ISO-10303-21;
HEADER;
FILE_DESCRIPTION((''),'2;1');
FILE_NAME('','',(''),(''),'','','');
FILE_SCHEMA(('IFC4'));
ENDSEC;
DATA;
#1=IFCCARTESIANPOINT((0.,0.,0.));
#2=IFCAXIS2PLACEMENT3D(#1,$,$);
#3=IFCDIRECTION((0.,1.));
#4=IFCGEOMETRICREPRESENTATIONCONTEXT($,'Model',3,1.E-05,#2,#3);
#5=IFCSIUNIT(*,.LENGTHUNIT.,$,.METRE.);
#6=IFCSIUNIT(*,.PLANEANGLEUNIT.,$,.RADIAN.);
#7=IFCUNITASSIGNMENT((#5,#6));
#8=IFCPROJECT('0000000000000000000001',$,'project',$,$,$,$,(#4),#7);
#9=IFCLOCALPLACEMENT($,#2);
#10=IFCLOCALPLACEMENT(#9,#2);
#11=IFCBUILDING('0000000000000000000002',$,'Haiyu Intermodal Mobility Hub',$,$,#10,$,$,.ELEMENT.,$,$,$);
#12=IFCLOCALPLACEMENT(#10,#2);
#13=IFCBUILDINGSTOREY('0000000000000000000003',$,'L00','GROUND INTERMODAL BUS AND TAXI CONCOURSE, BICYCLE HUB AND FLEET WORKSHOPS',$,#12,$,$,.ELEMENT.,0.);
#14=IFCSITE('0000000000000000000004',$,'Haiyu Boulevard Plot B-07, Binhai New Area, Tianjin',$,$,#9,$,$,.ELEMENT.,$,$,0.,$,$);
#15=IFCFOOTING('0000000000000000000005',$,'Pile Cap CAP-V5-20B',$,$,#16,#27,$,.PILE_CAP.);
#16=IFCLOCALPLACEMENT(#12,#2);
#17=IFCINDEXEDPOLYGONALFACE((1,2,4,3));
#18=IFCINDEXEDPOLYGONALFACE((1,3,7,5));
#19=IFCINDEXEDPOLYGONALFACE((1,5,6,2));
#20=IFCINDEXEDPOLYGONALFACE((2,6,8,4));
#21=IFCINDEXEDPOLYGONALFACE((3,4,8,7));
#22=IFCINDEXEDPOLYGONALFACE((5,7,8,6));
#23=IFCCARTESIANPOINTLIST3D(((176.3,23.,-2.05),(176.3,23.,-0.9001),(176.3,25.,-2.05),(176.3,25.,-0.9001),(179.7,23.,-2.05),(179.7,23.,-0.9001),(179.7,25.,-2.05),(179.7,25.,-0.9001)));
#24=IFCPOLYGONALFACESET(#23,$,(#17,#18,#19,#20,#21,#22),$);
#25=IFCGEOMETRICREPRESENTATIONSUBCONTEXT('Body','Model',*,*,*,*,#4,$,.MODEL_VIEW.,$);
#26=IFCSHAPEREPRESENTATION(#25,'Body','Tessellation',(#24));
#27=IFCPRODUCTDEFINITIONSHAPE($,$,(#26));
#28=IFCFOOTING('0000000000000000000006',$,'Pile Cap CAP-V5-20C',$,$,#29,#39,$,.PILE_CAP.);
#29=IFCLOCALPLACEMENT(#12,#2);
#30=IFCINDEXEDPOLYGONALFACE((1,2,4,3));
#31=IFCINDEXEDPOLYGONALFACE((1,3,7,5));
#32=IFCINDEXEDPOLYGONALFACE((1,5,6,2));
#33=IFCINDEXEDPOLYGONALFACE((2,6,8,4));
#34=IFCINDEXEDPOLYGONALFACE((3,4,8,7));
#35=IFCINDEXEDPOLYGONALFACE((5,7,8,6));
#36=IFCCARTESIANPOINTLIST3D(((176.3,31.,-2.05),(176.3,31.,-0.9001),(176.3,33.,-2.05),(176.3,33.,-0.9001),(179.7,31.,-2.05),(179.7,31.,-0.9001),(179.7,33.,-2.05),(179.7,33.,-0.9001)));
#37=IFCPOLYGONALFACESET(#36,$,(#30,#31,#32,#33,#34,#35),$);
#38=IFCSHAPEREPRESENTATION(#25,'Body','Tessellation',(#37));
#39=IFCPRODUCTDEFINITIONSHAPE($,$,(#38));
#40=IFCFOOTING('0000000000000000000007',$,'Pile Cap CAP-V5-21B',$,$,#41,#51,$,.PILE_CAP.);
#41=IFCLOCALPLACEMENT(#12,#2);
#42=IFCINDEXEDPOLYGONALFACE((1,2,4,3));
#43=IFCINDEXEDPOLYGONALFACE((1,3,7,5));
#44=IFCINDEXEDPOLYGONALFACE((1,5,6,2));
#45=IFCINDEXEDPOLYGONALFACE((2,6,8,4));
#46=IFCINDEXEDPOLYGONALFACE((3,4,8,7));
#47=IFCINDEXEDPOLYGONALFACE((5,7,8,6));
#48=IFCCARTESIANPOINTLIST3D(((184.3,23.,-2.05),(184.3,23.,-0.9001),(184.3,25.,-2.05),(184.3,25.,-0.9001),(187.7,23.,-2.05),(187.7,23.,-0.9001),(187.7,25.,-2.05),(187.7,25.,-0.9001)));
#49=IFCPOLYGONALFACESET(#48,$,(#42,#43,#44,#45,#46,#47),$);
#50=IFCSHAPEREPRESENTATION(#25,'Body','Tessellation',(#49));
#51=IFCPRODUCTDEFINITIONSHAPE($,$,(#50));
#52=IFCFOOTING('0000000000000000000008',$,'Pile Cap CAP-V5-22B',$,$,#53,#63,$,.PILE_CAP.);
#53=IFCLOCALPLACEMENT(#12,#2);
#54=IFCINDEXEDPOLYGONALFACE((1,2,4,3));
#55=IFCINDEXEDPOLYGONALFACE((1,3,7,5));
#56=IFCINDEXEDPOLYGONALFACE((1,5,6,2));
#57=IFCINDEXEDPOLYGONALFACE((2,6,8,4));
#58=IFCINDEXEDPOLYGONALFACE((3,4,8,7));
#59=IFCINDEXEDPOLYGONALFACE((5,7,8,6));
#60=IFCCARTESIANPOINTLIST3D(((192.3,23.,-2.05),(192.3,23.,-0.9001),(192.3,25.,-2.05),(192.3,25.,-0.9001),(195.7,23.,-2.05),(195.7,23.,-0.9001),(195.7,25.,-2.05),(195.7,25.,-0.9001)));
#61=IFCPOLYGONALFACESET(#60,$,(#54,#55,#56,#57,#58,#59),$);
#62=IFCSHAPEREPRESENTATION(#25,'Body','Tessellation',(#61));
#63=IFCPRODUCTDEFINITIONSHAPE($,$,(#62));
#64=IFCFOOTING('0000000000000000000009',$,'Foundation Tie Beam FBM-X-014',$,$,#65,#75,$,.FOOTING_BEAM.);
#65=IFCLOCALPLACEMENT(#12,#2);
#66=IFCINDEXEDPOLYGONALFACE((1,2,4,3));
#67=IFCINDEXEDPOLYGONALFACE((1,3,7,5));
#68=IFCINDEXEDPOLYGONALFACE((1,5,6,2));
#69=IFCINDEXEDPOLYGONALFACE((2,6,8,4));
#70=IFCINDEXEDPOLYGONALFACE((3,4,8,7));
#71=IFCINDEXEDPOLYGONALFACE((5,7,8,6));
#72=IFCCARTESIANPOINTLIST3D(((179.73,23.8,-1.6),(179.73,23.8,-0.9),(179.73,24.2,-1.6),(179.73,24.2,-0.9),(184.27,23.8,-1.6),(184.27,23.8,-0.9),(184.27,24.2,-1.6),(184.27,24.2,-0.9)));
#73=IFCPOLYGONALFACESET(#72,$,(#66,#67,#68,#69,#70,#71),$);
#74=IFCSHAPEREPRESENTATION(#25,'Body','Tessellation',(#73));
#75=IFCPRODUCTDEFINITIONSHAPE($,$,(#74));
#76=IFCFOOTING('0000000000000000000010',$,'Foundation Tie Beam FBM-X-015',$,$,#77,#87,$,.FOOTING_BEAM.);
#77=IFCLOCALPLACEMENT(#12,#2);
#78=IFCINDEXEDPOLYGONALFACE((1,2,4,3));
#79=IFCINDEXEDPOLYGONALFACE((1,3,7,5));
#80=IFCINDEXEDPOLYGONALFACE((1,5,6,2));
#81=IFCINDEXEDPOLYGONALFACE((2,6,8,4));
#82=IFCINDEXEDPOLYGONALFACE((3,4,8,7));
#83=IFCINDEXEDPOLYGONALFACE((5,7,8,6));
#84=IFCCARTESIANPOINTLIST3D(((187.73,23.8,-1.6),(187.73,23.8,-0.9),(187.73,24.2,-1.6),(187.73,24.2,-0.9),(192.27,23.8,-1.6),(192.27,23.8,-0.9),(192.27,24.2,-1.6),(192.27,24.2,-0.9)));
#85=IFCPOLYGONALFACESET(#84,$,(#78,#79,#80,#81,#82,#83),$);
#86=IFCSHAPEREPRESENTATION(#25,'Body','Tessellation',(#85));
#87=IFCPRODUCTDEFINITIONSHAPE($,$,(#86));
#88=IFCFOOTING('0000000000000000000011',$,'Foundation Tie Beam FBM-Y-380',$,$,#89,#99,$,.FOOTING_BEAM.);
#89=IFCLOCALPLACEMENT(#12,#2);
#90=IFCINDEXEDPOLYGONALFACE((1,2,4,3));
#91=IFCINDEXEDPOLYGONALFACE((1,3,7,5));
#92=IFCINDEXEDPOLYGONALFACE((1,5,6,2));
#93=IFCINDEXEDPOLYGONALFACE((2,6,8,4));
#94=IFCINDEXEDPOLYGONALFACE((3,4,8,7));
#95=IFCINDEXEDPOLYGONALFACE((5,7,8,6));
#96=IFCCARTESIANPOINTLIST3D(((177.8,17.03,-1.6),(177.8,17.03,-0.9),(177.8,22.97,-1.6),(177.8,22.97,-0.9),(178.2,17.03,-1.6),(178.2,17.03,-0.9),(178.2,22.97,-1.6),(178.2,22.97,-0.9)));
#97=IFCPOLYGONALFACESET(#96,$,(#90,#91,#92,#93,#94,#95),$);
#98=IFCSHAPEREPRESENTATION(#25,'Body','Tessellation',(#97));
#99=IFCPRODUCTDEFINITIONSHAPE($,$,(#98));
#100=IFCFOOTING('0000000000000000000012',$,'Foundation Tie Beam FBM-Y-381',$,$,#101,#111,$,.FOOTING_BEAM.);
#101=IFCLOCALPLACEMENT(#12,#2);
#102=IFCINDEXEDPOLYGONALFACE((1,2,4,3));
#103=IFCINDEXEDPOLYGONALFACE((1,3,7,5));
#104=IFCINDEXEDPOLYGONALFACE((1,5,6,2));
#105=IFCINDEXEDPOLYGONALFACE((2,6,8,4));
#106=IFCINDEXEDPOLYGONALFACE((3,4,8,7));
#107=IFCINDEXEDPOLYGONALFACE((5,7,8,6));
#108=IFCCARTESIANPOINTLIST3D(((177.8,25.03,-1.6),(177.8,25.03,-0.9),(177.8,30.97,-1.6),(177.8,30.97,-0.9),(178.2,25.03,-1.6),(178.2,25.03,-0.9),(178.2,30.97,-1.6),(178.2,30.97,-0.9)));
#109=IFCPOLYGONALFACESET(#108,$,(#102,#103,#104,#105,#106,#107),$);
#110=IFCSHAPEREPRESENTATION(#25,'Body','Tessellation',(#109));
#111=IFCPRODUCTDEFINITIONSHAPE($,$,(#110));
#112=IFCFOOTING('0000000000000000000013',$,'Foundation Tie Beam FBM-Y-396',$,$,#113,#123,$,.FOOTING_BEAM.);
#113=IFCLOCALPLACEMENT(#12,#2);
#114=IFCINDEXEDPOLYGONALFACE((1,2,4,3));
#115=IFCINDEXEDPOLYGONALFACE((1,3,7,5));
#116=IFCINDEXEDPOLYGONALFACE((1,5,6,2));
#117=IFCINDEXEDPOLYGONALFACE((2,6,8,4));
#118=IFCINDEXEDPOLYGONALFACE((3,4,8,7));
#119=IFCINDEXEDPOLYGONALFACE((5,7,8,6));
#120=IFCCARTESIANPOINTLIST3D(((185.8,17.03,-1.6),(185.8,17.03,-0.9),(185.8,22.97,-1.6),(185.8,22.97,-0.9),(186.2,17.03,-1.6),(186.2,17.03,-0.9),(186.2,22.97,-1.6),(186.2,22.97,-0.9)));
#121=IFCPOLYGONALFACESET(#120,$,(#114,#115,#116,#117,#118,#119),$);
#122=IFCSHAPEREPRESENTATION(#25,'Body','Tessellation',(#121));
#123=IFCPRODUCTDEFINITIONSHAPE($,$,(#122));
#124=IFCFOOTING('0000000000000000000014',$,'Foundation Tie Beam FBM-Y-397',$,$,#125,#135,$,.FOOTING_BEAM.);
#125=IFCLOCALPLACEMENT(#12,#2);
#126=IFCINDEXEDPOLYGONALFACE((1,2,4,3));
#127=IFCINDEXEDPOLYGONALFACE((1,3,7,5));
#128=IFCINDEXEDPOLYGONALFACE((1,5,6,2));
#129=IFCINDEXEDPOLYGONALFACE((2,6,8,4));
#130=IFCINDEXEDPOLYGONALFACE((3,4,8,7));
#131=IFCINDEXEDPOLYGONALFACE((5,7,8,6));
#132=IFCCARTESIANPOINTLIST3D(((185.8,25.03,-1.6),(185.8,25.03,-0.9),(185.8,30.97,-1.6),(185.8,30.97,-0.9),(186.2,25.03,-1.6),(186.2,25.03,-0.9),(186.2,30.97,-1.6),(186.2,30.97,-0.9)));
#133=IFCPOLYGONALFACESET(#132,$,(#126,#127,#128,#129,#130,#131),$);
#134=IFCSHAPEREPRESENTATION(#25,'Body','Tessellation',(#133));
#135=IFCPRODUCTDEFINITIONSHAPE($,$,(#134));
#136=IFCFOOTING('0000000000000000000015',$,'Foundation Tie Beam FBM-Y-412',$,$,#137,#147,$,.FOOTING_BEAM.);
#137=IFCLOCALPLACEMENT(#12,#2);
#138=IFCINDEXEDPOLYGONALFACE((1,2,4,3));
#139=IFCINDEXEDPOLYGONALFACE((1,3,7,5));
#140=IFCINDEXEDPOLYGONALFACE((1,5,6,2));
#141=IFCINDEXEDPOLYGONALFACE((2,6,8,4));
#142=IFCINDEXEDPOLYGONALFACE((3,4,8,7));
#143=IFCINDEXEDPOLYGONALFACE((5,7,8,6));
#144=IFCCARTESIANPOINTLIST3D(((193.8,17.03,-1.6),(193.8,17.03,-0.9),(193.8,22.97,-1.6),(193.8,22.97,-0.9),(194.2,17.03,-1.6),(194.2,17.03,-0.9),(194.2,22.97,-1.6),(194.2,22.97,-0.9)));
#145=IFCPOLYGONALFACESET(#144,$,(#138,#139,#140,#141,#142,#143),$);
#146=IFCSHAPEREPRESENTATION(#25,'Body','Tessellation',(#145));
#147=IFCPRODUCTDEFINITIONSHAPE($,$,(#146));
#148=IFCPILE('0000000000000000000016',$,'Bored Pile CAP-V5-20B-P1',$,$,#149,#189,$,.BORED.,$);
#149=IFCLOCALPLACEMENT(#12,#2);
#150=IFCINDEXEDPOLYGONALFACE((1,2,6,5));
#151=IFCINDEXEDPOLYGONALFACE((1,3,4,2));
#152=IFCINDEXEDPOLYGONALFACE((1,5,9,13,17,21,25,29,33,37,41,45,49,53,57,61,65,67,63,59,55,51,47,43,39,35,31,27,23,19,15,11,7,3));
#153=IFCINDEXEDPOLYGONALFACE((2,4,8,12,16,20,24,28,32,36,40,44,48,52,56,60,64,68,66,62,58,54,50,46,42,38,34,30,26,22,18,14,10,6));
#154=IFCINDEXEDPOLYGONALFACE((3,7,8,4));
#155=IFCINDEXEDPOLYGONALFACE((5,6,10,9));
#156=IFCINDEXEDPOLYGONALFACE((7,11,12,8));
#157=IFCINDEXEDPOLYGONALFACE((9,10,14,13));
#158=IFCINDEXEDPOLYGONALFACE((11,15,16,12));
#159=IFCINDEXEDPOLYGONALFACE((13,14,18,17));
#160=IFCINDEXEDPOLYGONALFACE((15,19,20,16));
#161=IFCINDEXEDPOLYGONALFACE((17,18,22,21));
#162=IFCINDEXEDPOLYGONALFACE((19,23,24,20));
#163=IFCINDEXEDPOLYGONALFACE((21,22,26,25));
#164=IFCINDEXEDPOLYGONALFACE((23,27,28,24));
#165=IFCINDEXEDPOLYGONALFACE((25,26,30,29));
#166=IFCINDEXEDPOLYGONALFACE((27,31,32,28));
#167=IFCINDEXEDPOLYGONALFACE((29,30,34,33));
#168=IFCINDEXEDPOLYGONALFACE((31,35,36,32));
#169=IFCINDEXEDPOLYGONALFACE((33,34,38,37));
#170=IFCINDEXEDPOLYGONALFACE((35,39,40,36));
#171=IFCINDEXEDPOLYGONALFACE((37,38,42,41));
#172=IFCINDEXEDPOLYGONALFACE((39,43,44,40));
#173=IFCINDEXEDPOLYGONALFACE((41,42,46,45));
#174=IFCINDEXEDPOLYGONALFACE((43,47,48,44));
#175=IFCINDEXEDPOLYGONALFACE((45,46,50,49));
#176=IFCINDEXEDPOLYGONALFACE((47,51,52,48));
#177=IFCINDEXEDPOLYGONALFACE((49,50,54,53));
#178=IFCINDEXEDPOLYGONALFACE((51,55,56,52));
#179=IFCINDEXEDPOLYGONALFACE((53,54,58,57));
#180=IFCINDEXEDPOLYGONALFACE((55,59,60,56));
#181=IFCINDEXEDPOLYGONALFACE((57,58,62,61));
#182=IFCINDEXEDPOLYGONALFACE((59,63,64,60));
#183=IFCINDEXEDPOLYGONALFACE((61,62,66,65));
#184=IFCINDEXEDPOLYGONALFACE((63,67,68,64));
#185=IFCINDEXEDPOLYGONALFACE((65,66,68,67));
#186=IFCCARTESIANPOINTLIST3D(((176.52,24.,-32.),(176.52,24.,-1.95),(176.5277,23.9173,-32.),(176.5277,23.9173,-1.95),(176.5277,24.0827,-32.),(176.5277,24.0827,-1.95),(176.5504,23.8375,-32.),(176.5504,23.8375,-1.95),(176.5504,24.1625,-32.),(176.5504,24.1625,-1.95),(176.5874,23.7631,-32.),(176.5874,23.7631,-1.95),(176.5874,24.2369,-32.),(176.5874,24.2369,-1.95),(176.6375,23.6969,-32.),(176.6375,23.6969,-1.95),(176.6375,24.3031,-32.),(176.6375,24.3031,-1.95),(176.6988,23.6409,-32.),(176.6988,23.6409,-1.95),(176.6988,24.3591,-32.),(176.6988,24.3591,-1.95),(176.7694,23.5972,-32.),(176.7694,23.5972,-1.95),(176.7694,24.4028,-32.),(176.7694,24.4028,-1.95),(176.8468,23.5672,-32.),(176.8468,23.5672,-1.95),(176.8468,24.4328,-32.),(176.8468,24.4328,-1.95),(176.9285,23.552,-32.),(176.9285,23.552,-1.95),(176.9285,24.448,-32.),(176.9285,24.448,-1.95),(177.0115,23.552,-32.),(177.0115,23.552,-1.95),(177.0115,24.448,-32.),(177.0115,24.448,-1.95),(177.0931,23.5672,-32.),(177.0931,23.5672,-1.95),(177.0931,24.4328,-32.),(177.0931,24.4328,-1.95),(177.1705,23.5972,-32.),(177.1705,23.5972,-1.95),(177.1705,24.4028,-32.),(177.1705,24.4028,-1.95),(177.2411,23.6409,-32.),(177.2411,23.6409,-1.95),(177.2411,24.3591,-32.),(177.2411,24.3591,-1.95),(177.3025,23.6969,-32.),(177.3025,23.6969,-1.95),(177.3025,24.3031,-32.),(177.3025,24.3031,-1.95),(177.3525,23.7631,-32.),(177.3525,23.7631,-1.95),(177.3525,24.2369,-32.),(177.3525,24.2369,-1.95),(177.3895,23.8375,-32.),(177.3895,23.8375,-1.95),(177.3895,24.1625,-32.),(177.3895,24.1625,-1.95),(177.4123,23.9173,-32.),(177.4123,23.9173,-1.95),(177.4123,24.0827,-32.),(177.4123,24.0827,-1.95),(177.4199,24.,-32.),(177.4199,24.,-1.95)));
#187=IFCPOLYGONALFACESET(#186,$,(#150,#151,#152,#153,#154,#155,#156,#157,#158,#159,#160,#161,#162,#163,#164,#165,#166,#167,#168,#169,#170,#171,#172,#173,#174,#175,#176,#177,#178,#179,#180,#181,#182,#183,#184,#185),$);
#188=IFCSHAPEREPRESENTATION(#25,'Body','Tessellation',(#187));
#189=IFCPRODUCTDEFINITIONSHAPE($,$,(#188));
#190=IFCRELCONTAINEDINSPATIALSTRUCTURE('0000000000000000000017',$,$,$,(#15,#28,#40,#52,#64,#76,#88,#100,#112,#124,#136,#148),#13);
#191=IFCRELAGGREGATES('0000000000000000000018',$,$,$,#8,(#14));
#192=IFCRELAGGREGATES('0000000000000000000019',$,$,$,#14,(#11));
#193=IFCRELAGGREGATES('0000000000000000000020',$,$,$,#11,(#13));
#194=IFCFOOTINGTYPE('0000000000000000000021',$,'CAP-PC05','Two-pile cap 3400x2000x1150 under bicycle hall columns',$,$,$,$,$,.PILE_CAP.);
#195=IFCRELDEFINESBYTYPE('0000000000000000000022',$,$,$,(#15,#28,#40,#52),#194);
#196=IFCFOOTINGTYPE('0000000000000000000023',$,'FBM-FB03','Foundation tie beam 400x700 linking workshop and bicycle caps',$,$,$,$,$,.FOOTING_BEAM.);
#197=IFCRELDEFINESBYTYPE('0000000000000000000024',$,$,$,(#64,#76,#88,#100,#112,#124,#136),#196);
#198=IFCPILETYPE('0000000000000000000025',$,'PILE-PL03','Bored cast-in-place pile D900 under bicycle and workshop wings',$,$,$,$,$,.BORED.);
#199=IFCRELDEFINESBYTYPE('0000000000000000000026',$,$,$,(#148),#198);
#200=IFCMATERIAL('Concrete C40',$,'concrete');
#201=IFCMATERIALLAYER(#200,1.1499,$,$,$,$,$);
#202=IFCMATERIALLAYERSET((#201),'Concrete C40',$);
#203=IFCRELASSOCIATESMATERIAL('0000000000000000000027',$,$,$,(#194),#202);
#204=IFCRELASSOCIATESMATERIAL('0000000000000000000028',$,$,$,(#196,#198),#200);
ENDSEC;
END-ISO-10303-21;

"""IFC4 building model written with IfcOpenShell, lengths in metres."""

from ifc_helpers import new_model, si_unit, direction, frame, origin, origin_2d, place, context, subcontext, project, spatial, rectangle, circle, extrude, material, layer, layer_set, material_profile, profile_set, type_object, element, save


model = new_model("IFC4")

# Units and contexts
model_context = context("Model", 3, precision=1e-05, world=origin(), true_north=direction((0.0, 1.0)))
body_context = subcontext(model_context, "Body", "Model", "MODEL_VIEW")
ifc_project = project(units=[si_unit("LENGTHUNIT", "METRE"), si_unit("PLANEANGLEUNIT", "RADIAN")], contexts=[model_context])

# Site, building, storey
site_placement = place(None, origin())
site = spatial("IfcSite", under=ifc_project, at=site_placement, Name="Haiyu Boulevard Plot B-07, Binhai New Area, Tianjin", CompositionType="ELEMENT", RefElevation=0.0)
building_placement = place(site_placement, origin())
building = spatial("IfcBuilding", under=site, at=building_placement, Name="Haiyu Intermodal Mobility Hub", CompositionType="ELEMENT")
storey_placement = place(building_placement, origin())
storey = spatial("IfcBuildingStorey", under=building, at=storey_placement, Name="L00", Description="GROUND INTERMODAL BUS AND TAXI CONCOURSE, BICYCLE HUB AND FLEET WORKSHOPS", CompositionType="ELEMENT", Elevation=0.0)

# Footings
ifc_material_1 = material(Name="Concrete C40", Category="concrete")
ifc_layer_1 = layer(ifc_material_1, 1.1499)
ifc_layer_set_1 = layer_set([ifc_layer_1], Name="Concrete C40")
footing_type_1 = type_object("IfcFootingType", Name="CAP-PC05", Description="Two-pile cap 3400x2000x1150 under bicycle hall columns", PredefinedType="PILE_CAP", material=ifc_layer_set_1)
for number, where, z_axis, x_axis, name in (
    (1, (178.0, 24.0, -2.05), (0.0, 0.0, 1.0), (1.0, 0.0, 0.0), "Pile Cap CAP-V5-20B"),
    (2, (178.0, 32.0, -2.05), (0.0, 0.0, 1.0), (1.0, 0.0, 0.0), "Pile Cap CAP-V5-20C"),
    (3, (186.0, 24.0, -2.05), (0.0, 0.0, 1.0), (1.0, 0.0, 0.0), "Pile Cap CAP-V5-21B"),
    (4, (194.0, 24.0, -2.05), (0.0, 0.0, 1.0), (1.0, 0.0, 0.0), "Pile Cap CAP-V5-22B"),
):
    element("IfcFooting", number, at=place(storey_placement, frame(where, z_axis=z_axis, x_axis=x_axis)), inside=storey, type_object=footing_type_1, Name=name, PredefinedType="PILE_CAP", context=body_context, shape_type="SweptSolid", body=[
        extrude(rectangle(XDim=3.3999, YDim=2.0, at=origin_2d()), origin(), (0.0, 0.0, 1.0), 1.1499),
    ])
ifc_material_profile_1 = material_profile(ifc_material_1, rectangle(XDim=0.3999, YDim=0.7, at=origin_2d()), Name="FB400x700")
ifc_profile_set_1 = profile_set([ifc_material_profile_1], Name="Concrete C40")
footing_type_2 = type_object("IfcFootingType", Name="FBM-FB03", Description="Foundation tie beam 400x700 linking workshop and bicycle caps", PredefinedType="FOOTING_BEAM", material=ifc_profile_set_1)
for number, where, z_axis, x_axis, name in (
    (5, (179.73, 24.0, -1.25), (1.0, 0.0, 0.0), (0.0, 1.0, 0.0), "Foundation Tie Beam FBM-X-014"),
    (6, (187.73, 24.0, -1.25), (1.0, 0.0, 0.0), (0.0, 1.0, 0.0), "Foundation Tie Beam FBM-X-015"),
):
    element("IfcFooting", number, at=place(storey_placement, frame(where, z_axis=z_axis, x_axis=x_axis)), inside=storey, type_object=footing_type_2, Name=name, PredefinedType="FOOTING_BEAM", context=body_context, shape_type="SweptSolid", body=[
        extrude(rectangle(XDim=0.3999, YDim=0.7, at=origin_2d()), origin(), (0.0, 0.0, 1.0), 4.54),
    ])
for number, where, z_axis, x_axis, name in (
    (7, (178.0, 17.03, -1.25), (0.0, 1.0, 0.0), (-1.0, 0.0, 0.0), "Foundation Tie Beam FBM-Y-380"),
    (8, (178.0, 25.03, -1.25), (0.0, 1.0, 0.0), (-1.0, 0.0, 0.0), "Foundation Tie Beam FBM-Y-381"),
    (9, (186.0, 17.03, -1.25), (0.0, 1.0, 0.0), (-1.0, 0.0, 0.0), "Foundation Tie Beam FBM-Y-396"),
    (10, (186.0, 25.03, -1.25), (0.0, 1.0, 0.0), (-1.0, 0.0, 0.0), "Foundation Tie Beam FBM-Y-397"),
    (11, (194.0, 17.03, -1.25), (0.0, 1.0, 0.0), (-1.0, 0.0, 0.0), "Foundation Tie Beam FBM-Y-412"),
):
    element("IfcFooting", number, at=place(storey_placement, frame(where, z_axis=z_axis, x_axis=x_axis)), inside=storey, type_object=footing_type_2, Name=name, PredefinedType="FOOTING_BEAM", context=body_context, shape_type="SweptSolid", body=[
        extrude(rectangle(XDim=0.3999, YDim=0.7, at=origin_2d()), origin(), (0.0, 0.0, 1.0), 5.9399),
    ])

# Pile
ifc_material_profile_2 = material_profile(ifc_material_1, circle(Radius=0.45, at=origin_2d()), Name="PILE-D900")
ifc_profile_set_2 = profile_set([ifc_material_profile_2], Name="Concrete C40")
pile_type = type_object("IfcPileType", Name="PILE-PL03", Description="Bored cast-in-place pile D900 under bicycle and workshop wings", PredefinedType="BORED", material=ifc_profile_set_2)
for number, where, z_axis, x_axis, name in (
    (12, (176.97, 24.0, -1.95), (0.0, 0.0, -1.0), (1.0, 0.0, 0.0), "Bored Pile CAP-V5-20B-P1"),
):
    element("IfcPile", number, at=place(storey_placement, frame(where, z_axis=z_axis, x_axis=x_axis)), inside=storey, type_object=pile_type, Name=name, PredefinedType="BORED", context=body_context, shape_type="SweptSolid", body=[
        extrude(circle(Radius=0.45, at=origin_2d()), origin(), (0.0, 0.0, 1.0), 30.05),
    ])

save(model, "model.ifc")
